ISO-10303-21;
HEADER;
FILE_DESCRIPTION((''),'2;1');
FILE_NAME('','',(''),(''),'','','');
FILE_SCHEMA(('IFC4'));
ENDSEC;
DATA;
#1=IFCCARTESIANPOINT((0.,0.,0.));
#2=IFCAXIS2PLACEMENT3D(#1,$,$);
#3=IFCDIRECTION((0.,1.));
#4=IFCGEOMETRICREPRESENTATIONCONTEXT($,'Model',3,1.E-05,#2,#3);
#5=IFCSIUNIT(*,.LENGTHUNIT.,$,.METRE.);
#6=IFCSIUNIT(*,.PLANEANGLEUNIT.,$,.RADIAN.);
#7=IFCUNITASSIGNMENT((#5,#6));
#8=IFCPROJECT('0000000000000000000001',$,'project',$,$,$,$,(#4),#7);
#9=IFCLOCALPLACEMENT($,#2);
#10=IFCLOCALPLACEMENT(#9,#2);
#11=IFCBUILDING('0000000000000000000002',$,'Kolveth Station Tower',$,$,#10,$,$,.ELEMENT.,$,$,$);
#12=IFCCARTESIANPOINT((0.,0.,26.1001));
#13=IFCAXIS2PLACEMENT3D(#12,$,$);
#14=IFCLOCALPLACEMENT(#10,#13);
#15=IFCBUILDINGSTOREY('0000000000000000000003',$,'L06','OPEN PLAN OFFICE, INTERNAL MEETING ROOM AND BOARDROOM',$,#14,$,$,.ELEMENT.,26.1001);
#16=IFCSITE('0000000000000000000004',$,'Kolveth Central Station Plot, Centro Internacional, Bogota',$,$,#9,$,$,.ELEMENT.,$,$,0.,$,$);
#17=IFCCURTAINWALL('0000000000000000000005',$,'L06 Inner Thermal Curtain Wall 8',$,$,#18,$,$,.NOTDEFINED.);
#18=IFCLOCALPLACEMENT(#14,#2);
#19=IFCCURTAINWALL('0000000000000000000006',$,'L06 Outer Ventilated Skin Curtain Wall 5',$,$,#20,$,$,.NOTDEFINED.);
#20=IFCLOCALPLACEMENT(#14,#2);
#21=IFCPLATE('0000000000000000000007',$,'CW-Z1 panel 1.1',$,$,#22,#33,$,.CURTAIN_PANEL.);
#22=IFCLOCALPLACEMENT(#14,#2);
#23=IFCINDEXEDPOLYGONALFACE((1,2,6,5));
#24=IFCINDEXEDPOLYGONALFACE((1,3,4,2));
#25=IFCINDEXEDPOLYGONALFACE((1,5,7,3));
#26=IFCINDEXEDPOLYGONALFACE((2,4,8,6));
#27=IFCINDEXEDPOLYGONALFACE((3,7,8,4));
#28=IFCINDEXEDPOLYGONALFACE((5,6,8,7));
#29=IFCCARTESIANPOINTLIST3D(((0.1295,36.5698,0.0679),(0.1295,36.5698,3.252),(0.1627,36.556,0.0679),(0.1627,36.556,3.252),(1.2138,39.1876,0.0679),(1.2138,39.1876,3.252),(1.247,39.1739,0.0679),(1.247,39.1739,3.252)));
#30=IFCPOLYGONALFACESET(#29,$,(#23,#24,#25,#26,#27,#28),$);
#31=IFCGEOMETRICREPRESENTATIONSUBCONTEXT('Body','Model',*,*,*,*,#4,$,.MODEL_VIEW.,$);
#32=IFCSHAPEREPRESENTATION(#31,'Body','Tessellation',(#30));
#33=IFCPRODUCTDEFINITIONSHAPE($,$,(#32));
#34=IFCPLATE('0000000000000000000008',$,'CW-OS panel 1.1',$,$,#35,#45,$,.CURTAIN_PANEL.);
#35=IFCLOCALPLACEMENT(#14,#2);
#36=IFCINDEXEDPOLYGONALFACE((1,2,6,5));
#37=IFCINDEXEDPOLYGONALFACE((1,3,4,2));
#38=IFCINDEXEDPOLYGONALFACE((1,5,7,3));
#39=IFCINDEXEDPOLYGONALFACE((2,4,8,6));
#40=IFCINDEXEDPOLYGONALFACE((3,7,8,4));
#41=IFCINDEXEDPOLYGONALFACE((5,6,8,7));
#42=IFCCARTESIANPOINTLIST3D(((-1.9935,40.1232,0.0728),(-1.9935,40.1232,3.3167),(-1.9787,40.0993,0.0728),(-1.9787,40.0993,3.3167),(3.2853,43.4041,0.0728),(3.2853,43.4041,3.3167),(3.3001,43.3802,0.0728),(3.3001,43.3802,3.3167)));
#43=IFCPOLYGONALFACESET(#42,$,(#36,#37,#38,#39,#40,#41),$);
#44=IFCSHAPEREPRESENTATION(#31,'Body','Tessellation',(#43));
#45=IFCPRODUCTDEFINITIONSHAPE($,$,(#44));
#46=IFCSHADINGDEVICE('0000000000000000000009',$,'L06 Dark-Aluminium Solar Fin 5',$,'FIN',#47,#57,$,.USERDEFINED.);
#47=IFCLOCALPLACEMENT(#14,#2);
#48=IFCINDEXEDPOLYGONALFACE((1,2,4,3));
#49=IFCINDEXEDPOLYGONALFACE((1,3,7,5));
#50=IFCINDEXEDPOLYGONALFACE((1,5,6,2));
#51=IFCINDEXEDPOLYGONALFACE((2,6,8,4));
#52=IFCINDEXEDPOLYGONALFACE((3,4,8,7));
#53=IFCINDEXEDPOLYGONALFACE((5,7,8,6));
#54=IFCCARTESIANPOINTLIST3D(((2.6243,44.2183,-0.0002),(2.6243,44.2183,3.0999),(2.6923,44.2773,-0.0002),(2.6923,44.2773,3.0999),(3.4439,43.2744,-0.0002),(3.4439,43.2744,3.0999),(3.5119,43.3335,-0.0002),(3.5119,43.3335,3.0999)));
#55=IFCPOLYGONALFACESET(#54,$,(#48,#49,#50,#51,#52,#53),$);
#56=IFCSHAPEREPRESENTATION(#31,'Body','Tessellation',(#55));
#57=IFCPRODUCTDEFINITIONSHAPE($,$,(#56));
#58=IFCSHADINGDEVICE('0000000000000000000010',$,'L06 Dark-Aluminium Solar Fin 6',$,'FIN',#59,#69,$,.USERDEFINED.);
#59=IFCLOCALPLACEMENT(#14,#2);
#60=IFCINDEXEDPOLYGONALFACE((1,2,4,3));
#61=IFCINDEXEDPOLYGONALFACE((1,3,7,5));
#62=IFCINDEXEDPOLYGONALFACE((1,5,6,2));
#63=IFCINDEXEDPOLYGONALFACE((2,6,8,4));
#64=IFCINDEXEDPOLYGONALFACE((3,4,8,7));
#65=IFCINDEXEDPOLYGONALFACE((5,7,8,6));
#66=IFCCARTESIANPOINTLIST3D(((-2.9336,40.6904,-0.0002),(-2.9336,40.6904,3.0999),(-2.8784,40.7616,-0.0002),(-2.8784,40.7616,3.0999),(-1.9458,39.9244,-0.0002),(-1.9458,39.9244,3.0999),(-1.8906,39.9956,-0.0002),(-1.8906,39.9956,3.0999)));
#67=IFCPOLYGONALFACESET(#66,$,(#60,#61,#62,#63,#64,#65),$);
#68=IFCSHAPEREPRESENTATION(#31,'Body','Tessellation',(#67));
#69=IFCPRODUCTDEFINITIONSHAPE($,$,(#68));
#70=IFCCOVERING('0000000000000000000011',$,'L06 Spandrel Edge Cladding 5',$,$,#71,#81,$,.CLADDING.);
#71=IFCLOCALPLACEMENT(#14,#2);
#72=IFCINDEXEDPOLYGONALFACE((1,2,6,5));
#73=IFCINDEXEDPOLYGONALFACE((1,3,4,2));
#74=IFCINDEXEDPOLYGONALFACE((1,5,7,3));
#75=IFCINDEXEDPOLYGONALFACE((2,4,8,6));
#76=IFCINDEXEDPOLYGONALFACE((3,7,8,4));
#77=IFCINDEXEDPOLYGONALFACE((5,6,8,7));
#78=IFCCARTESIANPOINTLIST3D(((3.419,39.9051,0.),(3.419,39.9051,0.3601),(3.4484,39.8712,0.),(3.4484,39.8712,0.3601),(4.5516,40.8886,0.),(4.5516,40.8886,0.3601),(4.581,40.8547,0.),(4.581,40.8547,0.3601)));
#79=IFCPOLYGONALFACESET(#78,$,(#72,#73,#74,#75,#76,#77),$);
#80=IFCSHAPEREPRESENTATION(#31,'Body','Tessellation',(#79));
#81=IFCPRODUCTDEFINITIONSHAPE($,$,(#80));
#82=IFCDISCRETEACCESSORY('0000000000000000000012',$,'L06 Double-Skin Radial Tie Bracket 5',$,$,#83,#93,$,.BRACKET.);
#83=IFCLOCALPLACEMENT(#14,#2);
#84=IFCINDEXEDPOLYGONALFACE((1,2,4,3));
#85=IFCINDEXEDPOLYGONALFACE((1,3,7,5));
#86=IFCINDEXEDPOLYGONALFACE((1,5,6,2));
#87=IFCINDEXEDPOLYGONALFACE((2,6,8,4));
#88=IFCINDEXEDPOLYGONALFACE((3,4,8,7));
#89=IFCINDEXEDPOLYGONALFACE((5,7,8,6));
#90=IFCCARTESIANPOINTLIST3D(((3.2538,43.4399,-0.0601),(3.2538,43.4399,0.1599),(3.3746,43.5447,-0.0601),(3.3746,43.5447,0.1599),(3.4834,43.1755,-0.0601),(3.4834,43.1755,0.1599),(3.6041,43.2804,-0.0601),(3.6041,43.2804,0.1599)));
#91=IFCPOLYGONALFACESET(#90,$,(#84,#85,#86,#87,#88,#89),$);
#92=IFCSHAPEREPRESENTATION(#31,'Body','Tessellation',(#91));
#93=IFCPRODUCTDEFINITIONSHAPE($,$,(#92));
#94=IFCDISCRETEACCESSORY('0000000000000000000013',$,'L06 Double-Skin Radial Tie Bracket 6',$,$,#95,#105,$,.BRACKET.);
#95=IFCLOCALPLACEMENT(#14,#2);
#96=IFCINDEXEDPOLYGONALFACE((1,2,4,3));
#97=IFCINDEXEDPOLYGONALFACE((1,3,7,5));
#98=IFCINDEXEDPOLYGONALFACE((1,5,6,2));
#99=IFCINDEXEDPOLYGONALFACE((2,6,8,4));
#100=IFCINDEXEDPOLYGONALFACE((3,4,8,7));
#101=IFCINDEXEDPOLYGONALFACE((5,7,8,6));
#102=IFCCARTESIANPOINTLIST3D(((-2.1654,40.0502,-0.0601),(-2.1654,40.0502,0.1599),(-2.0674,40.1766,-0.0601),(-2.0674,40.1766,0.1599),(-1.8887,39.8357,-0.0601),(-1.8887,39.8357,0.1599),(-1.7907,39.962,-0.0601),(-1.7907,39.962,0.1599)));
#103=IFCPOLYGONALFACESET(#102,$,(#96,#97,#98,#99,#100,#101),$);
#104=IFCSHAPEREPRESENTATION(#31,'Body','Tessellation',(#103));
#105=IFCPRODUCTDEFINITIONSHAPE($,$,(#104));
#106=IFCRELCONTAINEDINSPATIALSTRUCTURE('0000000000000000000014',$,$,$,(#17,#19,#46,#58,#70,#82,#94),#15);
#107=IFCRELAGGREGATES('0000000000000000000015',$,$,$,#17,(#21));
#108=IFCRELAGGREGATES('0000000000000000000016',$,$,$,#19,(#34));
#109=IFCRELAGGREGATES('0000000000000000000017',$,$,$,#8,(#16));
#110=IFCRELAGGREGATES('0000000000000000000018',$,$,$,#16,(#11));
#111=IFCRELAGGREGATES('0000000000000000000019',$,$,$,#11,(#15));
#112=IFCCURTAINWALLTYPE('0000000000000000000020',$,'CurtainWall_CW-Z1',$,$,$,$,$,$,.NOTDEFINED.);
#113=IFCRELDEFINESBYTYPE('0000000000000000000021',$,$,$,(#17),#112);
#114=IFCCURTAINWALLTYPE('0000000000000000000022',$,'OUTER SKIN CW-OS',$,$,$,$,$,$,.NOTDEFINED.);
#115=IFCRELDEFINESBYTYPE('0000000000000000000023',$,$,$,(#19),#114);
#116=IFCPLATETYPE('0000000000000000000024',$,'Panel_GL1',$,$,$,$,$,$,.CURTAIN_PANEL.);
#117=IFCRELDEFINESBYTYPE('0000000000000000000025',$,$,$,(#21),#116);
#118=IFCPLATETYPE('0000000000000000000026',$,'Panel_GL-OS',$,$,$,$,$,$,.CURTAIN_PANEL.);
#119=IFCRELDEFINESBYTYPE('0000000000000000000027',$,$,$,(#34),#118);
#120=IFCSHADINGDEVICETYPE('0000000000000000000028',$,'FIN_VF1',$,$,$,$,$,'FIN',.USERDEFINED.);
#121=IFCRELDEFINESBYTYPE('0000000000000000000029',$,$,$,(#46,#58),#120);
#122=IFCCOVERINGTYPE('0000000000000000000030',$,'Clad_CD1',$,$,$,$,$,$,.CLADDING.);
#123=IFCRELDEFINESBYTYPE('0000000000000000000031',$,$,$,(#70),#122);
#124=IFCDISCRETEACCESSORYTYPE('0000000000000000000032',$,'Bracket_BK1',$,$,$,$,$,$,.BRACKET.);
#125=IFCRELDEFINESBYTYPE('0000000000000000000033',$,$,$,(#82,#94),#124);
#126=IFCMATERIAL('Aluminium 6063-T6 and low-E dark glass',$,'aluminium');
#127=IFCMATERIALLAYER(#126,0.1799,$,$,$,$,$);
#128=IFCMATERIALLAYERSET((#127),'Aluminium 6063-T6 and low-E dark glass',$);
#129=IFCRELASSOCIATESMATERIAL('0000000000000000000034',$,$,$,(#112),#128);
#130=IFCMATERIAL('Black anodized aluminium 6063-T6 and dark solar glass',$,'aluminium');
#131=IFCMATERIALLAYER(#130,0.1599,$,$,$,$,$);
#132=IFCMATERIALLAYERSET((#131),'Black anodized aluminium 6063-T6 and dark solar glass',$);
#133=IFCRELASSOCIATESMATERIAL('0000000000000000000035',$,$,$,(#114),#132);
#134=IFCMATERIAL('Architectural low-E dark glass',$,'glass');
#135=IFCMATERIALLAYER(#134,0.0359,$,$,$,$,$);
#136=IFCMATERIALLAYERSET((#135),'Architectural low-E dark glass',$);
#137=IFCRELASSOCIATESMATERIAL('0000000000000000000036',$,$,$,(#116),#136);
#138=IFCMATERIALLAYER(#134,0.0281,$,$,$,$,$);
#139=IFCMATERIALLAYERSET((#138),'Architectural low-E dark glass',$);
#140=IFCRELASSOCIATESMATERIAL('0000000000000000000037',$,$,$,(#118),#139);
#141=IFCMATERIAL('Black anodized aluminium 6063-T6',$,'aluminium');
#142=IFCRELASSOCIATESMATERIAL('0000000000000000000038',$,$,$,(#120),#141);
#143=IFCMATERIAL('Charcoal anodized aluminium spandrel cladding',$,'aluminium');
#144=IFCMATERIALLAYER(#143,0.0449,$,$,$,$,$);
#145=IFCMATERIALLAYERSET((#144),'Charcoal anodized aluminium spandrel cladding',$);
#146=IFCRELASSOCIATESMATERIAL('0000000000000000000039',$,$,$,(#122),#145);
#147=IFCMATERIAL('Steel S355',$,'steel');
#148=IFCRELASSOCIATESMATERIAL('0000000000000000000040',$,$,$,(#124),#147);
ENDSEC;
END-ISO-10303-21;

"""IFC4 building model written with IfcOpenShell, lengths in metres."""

from ifc_helpers import new_model, si_unit, direction, frame, origin, origin_2d, place, context, subcontext, project, spatial, rectangle, extrude, source, transform, mapped, material, layer, layer_set, type_object, element, aggregate, save


model = new_model("IFC4")

# Units and contexts
model_context = context("Model", 3, precision=1e-05, world=origin(), true_north=direction((0.0, 1.0)))
body_context = subcontext(model_context, "Body", "Model", "MODEL_VIEW")
ifc_project = project(units=[si_unit("LENGTHUNIT", "METRE"), si_unit("PLANEANGLEUNIT", "RADIAN")], contexts=[model_context])

# Site, building, storey
site_placement = place(None, origin())
site = spatial("IfcSite", under=ifc_project, at=site_placement, Name="Kolveth Central Station Plot, Centro Internacional, Bogota", CompositionType="ELEMENT", RefElevation=0.0)
building_placement = place(site_placement, origin())
building = spatial("IfcBuilding", under=site, at=building_placement, Name="Kolveth Station Tower", CompositionType="ELEMENT")
storey_placement = place(building_placement, frame((0.0, 0.0, 26.1001)))
storey = spatial("IfcBuildingStorey", under=building, at=storey_placement, Name="L06", Description="OPEN PLAN OFFICE, INTERNAL MEETING ROOM AND BOARDROOM", CompositionType="ELEMENT", Elevation=26.1001)

# Curtain wall
ifc_material_1 = material(Name="Aluminium 6063-T6 and low-E dark glass", Category="aluminium")
ifc_layer_1 = layer(ifc_material_1, 0.1799)
ifc_layer_set_1 = layer_set([ifc_layer_1], Name="Aluminium 6063-T6 and low-E dark glass")
curtain_wall_type_1 = type_object("IfcCurtainWallType", Name="CurtainWall_CW-Z1", PredefinedType="NOTDEFINED", material=ifc_layer_set_1)
ifc_material_2 = material(Name="Black anodized aluminium 6063-T6", Category="aluminium")
curtain_wall_1_placement = place(storey_placement, origin())
curtain_wall_1 = element("IfcCurtainWall", 1, at=curtain_wall_1_placement, inside=storey, type_object=curtain_wall_type_1, Name="L06 Inner Thermal Curtain Wall 8", PredefinedType="NOTDEFINED")

# Shared definitions
ifc_material_3 = material(Name="Black anodized aluminium 6063-T6 and dark solar glass", Category="aluminium")
ifc_layer_2 = layer(ifc_material_3, 0.1599)
ifc_layer_set_2 = layer_set([ifc_layer_2], Name="Black anodized aluminium 6063-T6 and dark solar glass")
curtain_wall_type_2 = type_object("IfcCurtainWallType", Name="OUTER SKIN CW-OS", PredefinedType="NOTDEFINED", material=ifc_layer_set_2)

# Curtain wall
curtain_wall_2_placement = place(storey_placement, origin())
curtain_wall_2 = element("IfcCurtainWall", 2, at=curtain_wall_2_placement, inside=storey, type_object=curtain_wall_type_2, Name="L06 Outer Ventilated Skin Curtain Wall 5", PredefinedType="NOTDEFINED")

# Plates
ifc_material_4 = material(Name="Architectural low-E dark glass", Category="glass")
ifc_layer_3 = layer(ifc_material_4, 0.0359)
ifc_layer_set_3 = layer_set([ifc_layer_3], Name="Architectural low-E dark glass")
plate_type_1 = type_object("IfcPlateType", Name="Panel_GL1", PredefinedType="CURTAIN_PANEL", material=ifc_layer_set_3)
shared_shape_1 = source(origin(), body_context, "Body", "SweptSolid", [
    extrude(rectangle(XDim=2.8335, YDim=0.0359, at=origin_2d()), origin(), (0.0, 0.0, 1.0), 3.1841),
])
plate_1_placement = place(storey_placement, frame((0.6882, 37.8718, 0.0679), z_axis=(0.0, 0.0, 1.0), x_axis=(-0.382673, -0.923884, 0.0)))
plate_1 = element("IfcPlate", 3, at=plate_1_placement, type_object=plate_type_1, Name="CW-Z1 panel 1.1", PredefinedType="CURTAIN_PANEL", context=body_context, shape_type="MappedRepresentation", body=[
    mapped(shared_shape_1, transform((0.0, 0.0, 0.0), x_axis=(1.0, 0.0, 0.0), y_axis=(0.0, 1.0, 0.0), z_axis=(0.0, 0.0, 1.0), scale=1.0)),
])
aggregate(curtain_wall_1, [plate_1])
ifc_layer_4 = layer(ifc_material_4, 0.0281)
ifc_layer_set_4 = layer_set([ifc_layer_4], Name="Architectural low-E dark glass")
plate_type_2 = type_object("IfcPlateType", Name="Panel_GL-OS", PredefinedType="CURTAIN_PANEL", material=ifc_layer_set_4)
shared_shape_2 = source(origin(), body_context, "Body", "SweptSolid", [
    extrude(rectangle(XDim=6.2153, YDim=0.0281, at=origin_2d()), origin(), (0.0, 0.0, 1.0), 3.2439),
])
plate_2_placement = place(storey_placement, frame((0.6533, 41.7517, 0.0728), z_axis=(0.0, 0.0, 1.0), x_axis=(-0.849325, -0.52787, 0.0)))
plate_2 = element("IfcPlate", 4, at=plate_2_placement, type_object=plate_type_2, Name="CW-OS panel 1.1", PredefinedType="CURTAIN_PANEL", context=body_context, shape_type="MappedRepresentation", body=[
    mapped(shared_shape_2, transform((0.0, 0.0, 0.0), x_axis=(1.0, 0.0, 0.0), y_axis=(0.0, 1.0, 0.0), z_axis=(0.0, 0.0, 1.0), scale=1.0)),
])
aggregate(curtain_wall_2, [plate_2])

# Shading devices
shading_device_type = type_object("IfcShadingDeviceType", Name="FIN_VF1", ElementType="FIN", PredefinedType="USERDEFINED", material=ifc_material_2)
shared_shape_3 = source(origin(), body_context, "Body", "SweptSolid", [
    extrude(rectangle(XDim=1.25, YDim=0.0901, at=origin_2d()), origin(), (0.0, 0.0, 1.0), 3.1001),
])
for number, where, z_axis, x_axis, name in (
    (5, (3.0681, 43.7759, -0.0002), (0.0, 0.0, 1.0), (-0.655664, 0.755053, 0.0), "L06 Dark-Aluminium Solar Fin 5"),
    (6, (-2.4121, 40.343, -0.0002), (0.0, 0.0, 1.0), (-0.790262, 0.612769, 0.0), "L06 Dark-Aluminium Solar Fin 6"),
):
    element("IfcShadingDevice", number, at=place(storey_placement, frame(where, z_axis=z_axis, x_axis=x_axis)), inside=storey, type_object=shading_device_type, Name=name, ObjectType="FIN", PredefinedType="USERDEFINED", context=body_context, shape_type="MappedRepresentation", body=[
        mapped(shared_shape_3, transform((0.0, 0.0, 0.0), x_axis=(1.0, 0.0, 0.0), y_axis=(0.0, 1.0, 0.0), z_axis=(0.0, 0.0, 1.0), scale=1.0)),
    ])

# Covering
ifc_material_5 = material(Name="Charcoal anodized aluminium spandrel cladding", Category="aluminium")
ifc_layer_5 = layer(ifc_material_5, 0.0449)
ifc_layer_set_5 = layer_set([ifc_layer_5], Name="Charcoal anodized aluminium spandrel cladding")
covering_type = type_object("IfcCoveringType", Name="Clad_CD1", PredefinedType="CLADDING", material=ifc_layer_set_5)
shared_shape_4 = source(origin(), body_context, "Body", "SweptSolid", [
    extrude(rectangle(XDim=1.5, YDim=0.0449, at=origin_2d()), origin(), (0.0, 0.0, 1.0), 0.3601),
])
covering_placement = place(storey_placement, frame((4.0, 40.3799, 0.0), z_axis=(0.0, 0.0, 1.0), x_axis=(-0.755053, -0.655664, 0.0)))
element("IfcCovering", 7, at=covering_placement, inside=storey, type_object=covering_type, Name="L06 Spandrel Edge Cladding 5", PredefinedType="CLADDING", context=body_context, shape_type="MappedRepresentation", body=[
    mapped(shared_shape_4, transform((0.0, 0.0, 0.0), x_axis=(1.0, 0.0, 0.0), y_axis=(0.0, 1.0, 0.0), z_axis=(0.0, 0.0, 1.0), scale=1.0)),
])

# Discrete accessories
ifc_material_6 = material(Name="Steel S355", Category="steel")
discrete_accessory_type = type_object("IfcDiscreteAccessoryType", Name="Bracket_BK1", PredefinedType="BRACKET", material=ifc_material_6)
shared_shape_5 = source(origin(), body_context, "Body", "SweptSolid", [
    extrude(rectangle(XDim=0.3501, YDim=0.1599, at=origin_2d()), origin(), (0.0, 0.0, 1.0), 0.22),
])
for number, where, z_axis, x_axis, name in (
    (8, (3.429, 43.3601, -0.0601), (0.0, 0.0, 1.0), (-0.655664, 0.755053, 0.0), "L06 Double-Skin Radial Tie Bracket 5"),
    (9, (-1.978, 40.0061, -0.0601), (0.0, 0.0, 1.0), (-0.790262, 0.612769, 0.0), "L06 Double-Skin Radial Tie Bracket 6"),
):
    element("IfcDiscreteAccessory", number, at=place(storey_placement, frame(where, z_axis=z_axis, x_axis=x_axis)), inside=storey, type_object=discrete_accessory_type, Name=name, PredefinedType="BRACKET", context=body_context, shape_type="MappedRepresentation", body=[
        mapped(shared_shape_5, transform((0.0, 0.0, 0.0), x_axis=(1.0, 0.0, 0.0), y_axis=(0.0, 1.0, 0.0), z_axis=(0.0, 0.0, 1.0), scale=1.0)),
    ])

save(model, "model.ifc")
